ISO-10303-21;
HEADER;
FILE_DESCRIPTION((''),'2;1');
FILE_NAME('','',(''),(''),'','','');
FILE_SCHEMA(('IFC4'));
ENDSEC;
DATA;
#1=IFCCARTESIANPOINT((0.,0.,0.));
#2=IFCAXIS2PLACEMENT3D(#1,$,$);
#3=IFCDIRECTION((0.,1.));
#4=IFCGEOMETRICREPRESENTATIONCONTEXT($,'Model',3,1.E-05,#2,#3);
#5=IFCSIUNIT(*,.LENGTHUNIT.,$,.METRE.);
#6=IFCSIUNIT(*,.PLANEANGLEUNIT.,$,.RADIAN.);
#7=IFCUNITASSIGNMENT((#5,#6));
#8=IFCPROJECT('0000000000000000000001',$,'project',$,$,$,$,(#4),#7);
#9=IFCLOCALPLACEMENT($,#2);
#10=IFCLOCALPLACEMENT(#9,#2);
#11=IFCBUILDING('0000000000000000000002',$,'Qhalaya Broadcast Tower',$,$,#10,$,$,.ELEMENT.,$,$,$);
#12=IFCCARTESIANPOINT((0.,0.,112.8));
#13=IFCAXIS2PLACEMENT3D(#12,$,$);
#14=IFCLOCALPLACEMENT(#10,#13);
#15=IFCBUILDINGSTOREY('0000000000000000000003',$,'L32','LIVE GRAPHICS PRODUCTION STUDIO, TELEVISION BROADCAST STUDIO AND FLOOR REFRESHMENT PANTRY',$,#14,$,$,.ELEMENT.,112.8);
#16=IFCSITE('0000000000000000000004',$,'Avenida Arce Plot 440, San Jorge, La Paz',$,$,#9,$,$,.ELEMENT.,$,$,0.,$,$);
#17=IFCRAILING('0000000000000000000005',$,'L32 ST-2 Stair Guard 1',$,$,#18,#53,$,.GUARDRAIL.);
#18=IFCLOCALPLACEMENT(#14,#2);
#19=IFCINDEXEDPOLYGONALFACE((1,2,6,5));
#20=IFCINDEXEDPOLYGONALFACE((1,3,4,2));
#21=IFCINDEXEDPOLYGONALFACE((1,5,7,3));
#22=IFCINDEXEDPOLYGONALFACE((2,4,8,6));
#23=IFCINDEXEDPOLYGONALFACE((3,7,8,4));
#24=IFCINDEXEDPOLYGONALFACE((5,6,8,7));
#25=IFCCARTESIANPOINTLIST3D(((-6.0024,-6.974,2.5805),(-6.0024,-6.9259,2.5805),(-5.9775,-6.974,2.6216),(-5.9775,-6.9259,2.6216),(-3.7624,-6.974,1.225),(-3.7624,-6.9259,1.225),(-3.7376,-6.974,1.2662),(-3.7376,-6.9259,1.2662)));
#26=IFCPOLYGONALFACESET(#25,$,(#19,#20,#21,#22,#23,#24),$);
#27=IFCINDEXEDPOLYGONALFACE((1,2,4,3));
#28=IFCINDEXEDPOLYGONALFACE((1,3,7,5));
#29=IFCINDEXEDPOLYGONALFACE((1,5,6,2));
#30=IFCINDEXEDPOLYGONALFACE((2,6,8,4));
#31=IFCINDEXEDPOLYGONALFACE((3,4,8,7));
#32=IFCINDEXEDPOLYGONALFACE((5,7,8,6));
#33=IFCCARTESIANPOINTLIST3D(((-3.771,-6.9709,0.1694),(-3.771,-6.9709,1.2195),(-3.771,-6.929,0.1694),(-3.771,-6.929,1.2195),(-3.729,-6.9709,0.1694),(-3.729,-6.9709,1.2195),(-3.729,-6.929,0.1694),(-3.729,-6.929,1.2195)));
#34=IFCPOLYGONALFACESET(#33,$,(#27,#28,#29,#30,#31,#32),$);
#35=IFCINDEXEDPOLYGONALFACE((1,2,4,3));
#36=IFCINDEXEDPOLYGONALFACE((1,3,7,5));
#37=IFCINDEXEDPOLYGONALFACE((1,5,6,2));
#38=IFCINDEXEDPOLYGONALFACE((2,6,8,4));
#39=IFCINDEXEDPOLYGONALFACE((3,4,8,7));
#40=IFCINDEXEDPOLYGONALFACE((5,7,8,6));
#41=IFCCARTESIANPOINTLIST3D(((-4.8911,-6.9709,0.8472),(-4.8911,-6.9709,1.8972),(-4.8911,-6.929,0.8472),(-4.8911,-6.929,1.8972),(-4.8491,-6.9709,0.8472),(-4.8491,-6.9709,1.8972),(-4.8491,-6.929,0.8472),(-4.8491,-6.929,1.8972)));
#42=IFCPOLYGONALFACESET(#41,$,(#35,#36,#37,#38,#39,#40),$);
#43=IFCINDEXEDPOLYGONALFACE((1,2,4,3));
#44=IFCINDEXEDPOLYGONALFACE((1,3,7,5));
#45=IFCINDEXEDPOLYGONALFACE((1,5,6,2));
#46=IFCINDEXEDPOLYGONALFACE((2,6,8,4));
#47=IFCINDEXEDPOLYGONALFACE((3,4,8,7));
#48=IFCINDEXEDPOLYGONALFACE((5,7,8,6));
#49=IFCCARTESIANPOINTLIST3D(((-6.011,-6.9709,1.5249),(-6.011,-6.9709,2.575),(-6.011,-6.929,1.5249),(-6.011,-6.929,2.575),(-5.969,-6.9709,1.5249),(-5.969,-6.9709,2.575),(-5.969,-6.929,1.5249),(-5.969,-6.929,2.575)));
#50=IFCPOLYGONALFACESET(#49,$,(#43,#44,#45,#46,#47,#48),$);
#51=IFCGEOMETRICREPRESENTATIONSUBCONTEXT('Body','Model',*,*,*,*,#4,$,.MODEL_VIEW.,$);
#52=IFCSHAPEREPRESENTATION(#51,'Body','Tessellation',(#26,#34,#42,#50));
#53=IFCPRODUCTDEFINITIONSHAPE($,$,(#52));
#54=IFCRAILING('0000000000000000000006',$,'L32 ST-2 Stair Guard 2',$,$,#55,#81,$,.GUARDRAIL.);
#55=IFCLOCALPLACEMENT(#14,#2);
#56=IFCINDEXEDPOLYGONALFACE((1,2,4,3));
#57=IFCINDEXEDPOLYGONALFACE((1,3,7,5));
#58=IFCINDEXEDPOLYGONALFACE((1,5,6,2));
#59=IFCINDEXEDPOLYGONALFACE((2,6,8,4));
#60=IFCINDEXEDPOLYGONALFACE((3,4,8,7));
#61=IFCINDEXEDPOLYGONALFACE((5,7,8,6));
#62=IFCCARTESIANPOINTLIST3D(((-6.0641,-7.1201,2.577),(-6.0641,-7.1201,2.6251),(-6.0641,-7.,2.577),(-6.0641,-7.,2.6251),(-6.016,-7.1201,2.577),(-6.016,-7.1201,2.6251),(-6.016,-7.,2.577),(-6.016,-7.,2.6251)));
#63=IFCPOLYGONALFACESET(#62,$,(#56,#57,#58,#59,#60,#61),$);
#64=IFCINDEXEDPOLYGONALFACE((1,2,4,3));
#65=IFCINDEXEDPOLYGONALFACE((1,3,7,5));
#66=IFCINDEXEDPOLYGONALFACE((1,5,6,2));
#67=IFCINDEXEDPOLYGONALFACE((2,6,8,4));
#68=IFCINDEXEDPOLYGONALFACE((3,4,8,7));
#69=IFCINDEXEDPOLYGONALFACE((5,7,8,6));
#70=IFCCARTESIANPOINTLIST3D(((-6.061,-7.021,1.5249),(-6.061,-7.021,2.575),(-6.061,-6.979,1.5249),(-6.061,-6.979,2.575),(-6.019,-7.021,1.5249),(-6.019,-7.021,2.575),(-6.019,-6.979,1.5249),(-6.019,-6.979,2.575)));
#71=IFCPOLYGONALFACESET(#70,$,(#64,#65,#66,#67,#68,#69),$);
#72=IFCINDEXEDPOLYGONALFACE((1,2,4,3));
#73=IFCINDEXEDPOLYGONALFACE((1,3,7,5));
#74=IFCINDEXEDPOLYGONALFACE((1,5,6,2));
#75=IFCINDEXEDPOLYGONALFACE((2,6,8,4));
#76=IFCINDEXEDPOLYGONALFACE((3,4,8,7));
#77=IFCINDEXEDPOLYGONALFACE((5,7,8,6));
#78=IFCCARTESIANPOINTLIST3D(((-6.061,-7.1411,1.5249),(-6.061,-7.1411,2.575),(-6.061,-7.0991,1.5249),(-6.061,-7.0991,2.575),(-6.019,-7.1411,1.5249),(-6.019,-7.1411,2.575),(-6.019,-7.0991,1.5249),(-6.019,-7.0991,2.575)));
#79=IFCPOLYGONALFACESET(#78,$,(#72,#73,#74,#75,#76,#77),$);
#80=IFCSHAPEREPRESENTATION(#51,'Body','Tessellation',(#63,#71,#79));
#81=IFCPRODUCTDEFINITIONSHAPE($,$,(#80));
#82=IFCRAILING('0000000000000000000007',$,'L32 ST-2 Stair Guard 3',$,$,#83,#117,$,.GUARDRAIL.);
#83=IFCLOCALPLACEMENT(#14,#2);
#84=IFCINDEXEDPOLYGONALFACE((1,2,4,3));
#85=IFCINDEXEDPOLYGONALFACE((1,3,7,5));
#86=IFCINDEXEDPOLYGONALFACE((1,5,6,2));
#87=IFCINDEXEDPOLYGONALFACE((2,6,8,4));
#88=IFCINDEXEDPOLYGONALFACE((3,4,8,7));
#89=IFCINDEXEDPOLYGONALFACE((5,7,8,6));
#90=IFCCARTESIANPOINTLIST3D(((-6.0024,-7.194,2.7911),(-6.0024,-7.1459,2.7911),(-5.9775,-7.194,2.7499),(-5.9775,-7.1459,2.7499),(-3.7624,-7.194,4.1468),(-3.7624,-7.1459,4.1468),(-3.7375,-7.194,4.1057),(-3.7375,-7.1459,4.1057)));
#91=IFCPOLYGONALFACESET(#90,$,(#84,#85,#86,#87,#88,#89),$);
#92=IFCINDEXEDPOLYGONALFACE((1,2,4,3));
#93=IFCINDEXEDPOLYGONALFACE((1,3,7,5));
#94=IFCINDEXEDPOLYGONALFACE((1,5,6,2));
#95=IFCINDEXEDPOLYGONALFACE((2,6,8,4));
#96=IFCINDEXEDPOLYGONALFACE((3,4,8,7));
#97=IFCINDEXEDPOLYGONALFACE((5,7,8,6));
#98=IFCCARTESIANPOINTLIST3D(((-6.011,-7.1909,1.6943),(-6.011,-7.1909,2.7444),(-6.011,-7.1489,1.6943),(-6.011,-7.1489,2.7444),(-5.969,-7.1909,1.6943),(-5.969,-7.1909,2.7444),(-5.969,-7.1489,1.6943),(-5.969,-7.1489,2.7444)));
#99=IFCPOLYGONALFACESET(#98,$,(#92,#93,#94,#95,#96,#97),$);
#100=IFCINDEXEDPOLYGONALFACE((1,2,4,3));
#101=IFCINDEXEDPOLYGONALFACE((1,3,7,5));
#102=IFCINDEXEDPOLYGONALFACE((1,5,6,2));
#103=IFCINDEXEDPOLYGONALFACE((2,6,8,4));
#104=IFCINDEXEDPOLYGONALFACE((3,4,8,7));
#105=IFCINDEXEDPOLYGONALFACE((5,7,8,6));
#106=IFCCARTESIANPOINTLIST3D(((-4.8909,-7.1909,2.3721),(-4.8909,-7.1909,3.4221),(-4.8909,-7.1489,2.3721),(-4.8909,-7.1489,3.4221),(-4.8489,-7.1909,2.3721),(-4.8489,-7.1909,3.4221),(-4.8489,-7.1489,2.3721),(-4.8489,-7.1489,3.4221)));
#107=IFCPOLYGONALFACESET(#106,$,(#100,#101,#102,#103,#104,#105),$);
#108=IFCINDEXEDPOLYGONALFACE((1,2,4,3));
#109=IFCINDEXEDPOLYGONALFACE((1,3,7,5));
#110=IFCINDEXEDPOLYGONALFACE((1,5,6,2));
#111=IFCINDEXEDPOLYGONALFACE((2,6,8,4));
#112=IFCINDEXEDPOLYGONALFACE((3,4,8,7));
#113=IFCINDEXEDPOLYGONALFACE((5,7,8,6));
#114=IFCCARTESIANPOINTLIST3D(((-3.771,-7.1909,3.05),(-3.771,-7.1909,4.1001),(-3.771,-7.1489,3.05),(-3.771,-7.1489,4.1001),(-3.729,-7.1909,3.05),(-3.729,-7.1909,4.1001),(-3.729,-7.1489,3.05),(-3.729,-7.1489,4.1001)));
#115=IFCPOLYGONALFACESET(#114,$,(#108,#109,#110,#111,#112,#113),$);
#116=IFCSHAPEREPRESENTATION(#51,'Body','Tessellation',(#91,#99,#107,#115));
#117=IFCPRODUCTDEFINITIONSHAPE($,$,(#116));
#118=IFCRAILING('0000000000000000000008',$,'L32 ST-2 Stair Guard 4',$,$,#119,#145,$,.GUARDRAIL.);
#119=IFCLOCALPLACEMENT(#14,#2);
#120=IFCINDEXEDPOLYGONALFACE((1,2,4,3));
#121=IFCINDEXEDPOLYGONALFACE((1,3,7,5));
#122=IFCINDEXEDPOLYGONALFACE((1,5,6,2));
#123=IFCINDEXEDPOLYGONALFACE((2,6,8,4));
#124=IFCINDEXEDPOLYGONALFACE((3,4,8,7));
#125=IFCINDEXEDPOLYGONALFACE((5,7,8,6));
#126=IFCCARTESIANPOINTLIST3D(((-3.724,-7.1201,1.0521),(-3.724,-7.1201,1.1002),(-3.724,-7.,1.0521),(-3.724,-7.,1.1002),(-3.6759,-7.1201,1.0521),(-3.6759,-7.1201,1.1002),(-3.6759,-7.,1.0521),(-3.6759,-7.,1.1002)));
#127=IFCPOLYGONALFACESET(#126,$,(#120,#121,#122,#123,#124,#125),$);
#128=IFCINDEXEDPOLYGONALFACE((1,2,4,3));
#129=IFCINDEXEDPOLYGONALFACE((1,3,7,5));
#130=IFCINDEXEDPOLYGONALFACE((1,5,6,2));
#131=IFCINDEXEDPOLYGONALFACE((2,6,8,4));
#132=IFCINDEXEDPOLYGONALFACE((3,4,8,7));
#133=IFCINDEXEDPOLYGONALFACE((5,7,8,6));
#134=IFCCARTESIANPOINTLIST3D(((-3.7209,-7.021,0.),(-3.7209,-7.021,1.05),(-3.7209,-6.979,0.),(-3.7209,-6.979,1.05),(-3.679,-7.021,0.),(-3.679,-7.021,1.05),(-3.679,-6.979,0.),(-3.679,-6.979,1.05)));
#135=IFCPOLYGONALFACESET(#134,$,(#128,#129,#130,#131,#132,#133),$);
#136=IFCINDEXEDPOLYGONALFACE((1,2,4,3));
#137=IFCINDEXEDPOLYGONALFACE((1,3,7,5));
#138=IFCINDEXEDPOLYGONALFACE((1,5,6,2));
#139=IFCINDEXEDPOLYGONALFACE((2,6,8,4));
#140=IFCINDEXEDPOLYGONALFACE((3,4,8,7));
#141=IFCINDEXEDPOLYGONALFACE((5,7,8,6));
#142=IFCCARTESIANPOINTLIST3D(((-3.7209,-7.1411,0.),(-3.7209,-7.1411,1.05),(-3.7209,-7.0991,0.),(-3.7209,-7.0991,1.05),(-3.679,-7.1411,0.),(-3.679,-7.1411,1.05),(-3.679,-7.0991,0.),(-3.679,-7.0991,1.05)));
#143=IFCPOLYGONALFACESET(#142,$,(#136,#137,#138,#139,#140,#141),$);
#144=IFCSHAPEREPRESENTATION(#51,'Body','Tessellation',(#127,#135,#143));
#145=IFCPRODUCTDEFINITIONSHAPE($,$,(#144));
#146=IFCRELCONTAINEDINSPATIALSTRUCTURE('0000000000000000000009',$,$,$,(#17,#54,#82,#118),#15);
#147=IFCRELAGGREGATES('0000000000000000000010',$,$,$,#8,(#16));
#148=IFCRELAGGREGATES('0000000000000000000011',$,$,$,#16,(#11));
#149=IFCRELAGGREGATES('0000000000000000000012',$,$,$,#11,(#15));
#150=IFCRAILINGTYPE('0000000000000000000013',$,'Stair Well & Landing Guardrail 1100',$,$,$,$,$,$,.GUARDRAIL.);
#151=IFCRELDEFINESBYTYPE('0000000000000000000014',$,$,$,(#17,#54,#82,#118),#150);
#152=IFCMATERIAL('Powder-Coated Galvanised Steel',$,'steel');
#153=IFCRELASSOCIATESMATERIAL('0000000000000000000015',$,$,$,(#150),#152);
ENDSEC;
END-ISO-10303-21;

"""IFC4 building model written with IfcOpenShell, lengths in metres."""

from ifc_helpers import new_model, si_unit, direction, frame, origin, origin_2d, place, context, subcontext, project, spatial, rectangle, extrude, material, type_object, element, save


model = new_model("IFC4")

# Units and contexts
model_context = context("Model", 3, precision=1e-05, world=origin(), true_north=direction((0.0, 1.0)))
body_context = subcontext(model_context, "Body", "Model", "MODEL_VIEW")
ifc_project = project(units=[si_unit("LENGTHUNIT", "METRE"), si_unit("PLANEANGLEUNIT", "RADIAN")], contexts=[model_context])

# Site, building, storey
site_placement = place(None, origin())
site = spatial("IfcSite", under=ifc_project, at=site_placement, Name="Avenida Arce Plot 440, San Jorge, La Paz", CompositionType="ELEMENT", RefElevation=0.0)
building_placement = place(site_placement, origin())
building = spatial("IfcBuilding", under=site, at=building_placement, Name="Qhalaya Broadcast Tower", CompositionType="ELEMENT")
storey_placement = place(building_placement, frame((0.0, 0.0, 112.8)))
storey = spatial("IfcBuildingStorey", under=building, at=storey_placement, Name="L32", Description="LIVE GRAPHICS PRODUCTION STUDIO, TELEVISION BROADCAST STUDIO AND FLOOR REFRESHMENT PANTRY", CompositionType="ELEMENT", Elevation=112.8)

# Railings
ifc_material_1 = material(Name="Powder-Coated Galvanised Steel", Category="steel")
railing_type_1 = type_object("IfcRailingType", Name="Stair Well & Landing Guardrail 1100", PredefinedType="GUARDRAIL", material=ifc_material_1)
railing_1_placement = place(storey_placement, frame((-3.75, -6.95, 0.1694)))
element("IfcRailing", 1, at=railing_1_placement, inside=storey, type_object=railing_type_1, Name="L32 ST-2 Stair Guard 1", PredefinedType="GUARDRAIL", context=body_context, shape_type="SweptSolid", body=[
    extrude(rectangle(XDim=0.0481, YDim=0.0481, at=origin_2d()), frame((0.0, 0.0, 1.0762), z_axis=(-0.855553, 0.0, 0.517715), x_axis=(0.0, -1.0, 0.0)), (0.0, 0.0, 1.0), 2.6182),
    extrude(rectangle(XDim=0.042, YDim=0.042, at=origin_2d()), origin(), (0.0, 0.0, 1.0), 1.05),
    extrude(rectangle(XDim=0.042, YDim=0.042, at=origin_2d()), frame((-1.1201, 0.0, 0.6777)), (0.0, 0.0, 1.0), 1.05),
    extrude(rectangle(XDim=0.042, YDim=0.042, at=origin_2d()), frame((-2.24, 0.0, 1.3555)), (0.0, 0.0, 1.0), 1.05),
])
railing_2_placement = place(storey_placement, frame((-6.04, -7.0, 1.5249)))
element("IfcRailing", 2, at=railing_2_placement, inside=storey, type_object=railing_type_1, Name="L32 ST-2 Stair Guard 2", PredefinedType="GUARDRAIL", context=body_context, shape_type="SweptSolid", body=[
    extrude(rectangle(XDim=0.0481, YDim=0.0481, at=origin_2d()), frame((0.0, 0.0, 1.0762), z_axis=(0.0, -1.0, 0.0), x_axis=(1.0, 0.0, 0.0)), (0.0, 0.0, 1.0), 0.1201),
    extrude(rectangle(XDim=0.042, YDim=0.042, at=origin_2d()), origin(), (0.0, 0.0, 1.0), 1.05),
    extrude(rectangle(XDim=0.042, YDim=0.042, at=origin_2d()), frame((0.0, -0.1201, 0.0)), (0.0, 0.0, 1.0), 1.05),
])
railing_3_placement = place(storey_placement, frame((-5.99, -7.1699, 1.6943)))
element("IfcRailing", 3, at=railing_3_placement, inside=storey, type_object=railing_type_1, Name="L32 ST-2 Stair Guard 3", PredefinedType="GUARDRAIL", context=body_context, shape_type="SweptSolid", body=[
    extrude(rectangle(XDim=0.0481, YDim=0.0481, at=origin_2d()), frame((0.0, 0.0, 1.0762), z_axis=(0.855512, 0.0, 0.517783), x_axis=(0.0, 1.0, 0.0)), (0.0, 0.0, 1.0), 2.6184),
    extrude(rectangle(XDim=0.042, YDim=0.042, at=origin_2d()), origin(), (0.0, 0.0, 1.0), 1.05),
    extrude(rectangle(XDim=0.042, YDim=0.042, at=origin_2d()), frame((1.1201, 0.0, 0.6777)), (0.0, 0.0, 1.0), 1.05),
    extrude(rectangle(XDim=0.042, YDim=0.042, at=origin_2d()), frame((2.24, 0.0, 1.3557)), (0.0, 0.0, 1.0), 1.05),
])
railing_4_placement = place(storey_placement, frame((-3.7, -7.0, 0.0)))
element("IfcRailing", 4, at=railing_4_placement, inside=storey, type_object=railing_type_1, Name="L32 ST-2 Stair Guard 4", PredefinedType="GUARDRAIL", context=body_context, shape_type="SweptSolid", body=[
    extrude(rectangle(XDim=0.0481, YDim=0.0481, at=origin_2d()), frame((0.0, 0.0, 1.0762), z_axis=(0.0, -1.0, 0.0), x_axis=(1.0, 0.0, 0.0)), (0.0, 0.0, 1.0), 0.1201),
    extrude(rectangle(XDim=0.042, YDim=0.042, at=origin_2d()), origin(), (0.0, 0.0, 1.0), 1.05),
    extrude(rectangle(XDim=0.042, YDim=0.042, at=origin_2d()), frame((0.0, -0.1201, 0.0)), (0.0, 0.0, 1.0), 1.05),
])

save(model, "model.ifc")
